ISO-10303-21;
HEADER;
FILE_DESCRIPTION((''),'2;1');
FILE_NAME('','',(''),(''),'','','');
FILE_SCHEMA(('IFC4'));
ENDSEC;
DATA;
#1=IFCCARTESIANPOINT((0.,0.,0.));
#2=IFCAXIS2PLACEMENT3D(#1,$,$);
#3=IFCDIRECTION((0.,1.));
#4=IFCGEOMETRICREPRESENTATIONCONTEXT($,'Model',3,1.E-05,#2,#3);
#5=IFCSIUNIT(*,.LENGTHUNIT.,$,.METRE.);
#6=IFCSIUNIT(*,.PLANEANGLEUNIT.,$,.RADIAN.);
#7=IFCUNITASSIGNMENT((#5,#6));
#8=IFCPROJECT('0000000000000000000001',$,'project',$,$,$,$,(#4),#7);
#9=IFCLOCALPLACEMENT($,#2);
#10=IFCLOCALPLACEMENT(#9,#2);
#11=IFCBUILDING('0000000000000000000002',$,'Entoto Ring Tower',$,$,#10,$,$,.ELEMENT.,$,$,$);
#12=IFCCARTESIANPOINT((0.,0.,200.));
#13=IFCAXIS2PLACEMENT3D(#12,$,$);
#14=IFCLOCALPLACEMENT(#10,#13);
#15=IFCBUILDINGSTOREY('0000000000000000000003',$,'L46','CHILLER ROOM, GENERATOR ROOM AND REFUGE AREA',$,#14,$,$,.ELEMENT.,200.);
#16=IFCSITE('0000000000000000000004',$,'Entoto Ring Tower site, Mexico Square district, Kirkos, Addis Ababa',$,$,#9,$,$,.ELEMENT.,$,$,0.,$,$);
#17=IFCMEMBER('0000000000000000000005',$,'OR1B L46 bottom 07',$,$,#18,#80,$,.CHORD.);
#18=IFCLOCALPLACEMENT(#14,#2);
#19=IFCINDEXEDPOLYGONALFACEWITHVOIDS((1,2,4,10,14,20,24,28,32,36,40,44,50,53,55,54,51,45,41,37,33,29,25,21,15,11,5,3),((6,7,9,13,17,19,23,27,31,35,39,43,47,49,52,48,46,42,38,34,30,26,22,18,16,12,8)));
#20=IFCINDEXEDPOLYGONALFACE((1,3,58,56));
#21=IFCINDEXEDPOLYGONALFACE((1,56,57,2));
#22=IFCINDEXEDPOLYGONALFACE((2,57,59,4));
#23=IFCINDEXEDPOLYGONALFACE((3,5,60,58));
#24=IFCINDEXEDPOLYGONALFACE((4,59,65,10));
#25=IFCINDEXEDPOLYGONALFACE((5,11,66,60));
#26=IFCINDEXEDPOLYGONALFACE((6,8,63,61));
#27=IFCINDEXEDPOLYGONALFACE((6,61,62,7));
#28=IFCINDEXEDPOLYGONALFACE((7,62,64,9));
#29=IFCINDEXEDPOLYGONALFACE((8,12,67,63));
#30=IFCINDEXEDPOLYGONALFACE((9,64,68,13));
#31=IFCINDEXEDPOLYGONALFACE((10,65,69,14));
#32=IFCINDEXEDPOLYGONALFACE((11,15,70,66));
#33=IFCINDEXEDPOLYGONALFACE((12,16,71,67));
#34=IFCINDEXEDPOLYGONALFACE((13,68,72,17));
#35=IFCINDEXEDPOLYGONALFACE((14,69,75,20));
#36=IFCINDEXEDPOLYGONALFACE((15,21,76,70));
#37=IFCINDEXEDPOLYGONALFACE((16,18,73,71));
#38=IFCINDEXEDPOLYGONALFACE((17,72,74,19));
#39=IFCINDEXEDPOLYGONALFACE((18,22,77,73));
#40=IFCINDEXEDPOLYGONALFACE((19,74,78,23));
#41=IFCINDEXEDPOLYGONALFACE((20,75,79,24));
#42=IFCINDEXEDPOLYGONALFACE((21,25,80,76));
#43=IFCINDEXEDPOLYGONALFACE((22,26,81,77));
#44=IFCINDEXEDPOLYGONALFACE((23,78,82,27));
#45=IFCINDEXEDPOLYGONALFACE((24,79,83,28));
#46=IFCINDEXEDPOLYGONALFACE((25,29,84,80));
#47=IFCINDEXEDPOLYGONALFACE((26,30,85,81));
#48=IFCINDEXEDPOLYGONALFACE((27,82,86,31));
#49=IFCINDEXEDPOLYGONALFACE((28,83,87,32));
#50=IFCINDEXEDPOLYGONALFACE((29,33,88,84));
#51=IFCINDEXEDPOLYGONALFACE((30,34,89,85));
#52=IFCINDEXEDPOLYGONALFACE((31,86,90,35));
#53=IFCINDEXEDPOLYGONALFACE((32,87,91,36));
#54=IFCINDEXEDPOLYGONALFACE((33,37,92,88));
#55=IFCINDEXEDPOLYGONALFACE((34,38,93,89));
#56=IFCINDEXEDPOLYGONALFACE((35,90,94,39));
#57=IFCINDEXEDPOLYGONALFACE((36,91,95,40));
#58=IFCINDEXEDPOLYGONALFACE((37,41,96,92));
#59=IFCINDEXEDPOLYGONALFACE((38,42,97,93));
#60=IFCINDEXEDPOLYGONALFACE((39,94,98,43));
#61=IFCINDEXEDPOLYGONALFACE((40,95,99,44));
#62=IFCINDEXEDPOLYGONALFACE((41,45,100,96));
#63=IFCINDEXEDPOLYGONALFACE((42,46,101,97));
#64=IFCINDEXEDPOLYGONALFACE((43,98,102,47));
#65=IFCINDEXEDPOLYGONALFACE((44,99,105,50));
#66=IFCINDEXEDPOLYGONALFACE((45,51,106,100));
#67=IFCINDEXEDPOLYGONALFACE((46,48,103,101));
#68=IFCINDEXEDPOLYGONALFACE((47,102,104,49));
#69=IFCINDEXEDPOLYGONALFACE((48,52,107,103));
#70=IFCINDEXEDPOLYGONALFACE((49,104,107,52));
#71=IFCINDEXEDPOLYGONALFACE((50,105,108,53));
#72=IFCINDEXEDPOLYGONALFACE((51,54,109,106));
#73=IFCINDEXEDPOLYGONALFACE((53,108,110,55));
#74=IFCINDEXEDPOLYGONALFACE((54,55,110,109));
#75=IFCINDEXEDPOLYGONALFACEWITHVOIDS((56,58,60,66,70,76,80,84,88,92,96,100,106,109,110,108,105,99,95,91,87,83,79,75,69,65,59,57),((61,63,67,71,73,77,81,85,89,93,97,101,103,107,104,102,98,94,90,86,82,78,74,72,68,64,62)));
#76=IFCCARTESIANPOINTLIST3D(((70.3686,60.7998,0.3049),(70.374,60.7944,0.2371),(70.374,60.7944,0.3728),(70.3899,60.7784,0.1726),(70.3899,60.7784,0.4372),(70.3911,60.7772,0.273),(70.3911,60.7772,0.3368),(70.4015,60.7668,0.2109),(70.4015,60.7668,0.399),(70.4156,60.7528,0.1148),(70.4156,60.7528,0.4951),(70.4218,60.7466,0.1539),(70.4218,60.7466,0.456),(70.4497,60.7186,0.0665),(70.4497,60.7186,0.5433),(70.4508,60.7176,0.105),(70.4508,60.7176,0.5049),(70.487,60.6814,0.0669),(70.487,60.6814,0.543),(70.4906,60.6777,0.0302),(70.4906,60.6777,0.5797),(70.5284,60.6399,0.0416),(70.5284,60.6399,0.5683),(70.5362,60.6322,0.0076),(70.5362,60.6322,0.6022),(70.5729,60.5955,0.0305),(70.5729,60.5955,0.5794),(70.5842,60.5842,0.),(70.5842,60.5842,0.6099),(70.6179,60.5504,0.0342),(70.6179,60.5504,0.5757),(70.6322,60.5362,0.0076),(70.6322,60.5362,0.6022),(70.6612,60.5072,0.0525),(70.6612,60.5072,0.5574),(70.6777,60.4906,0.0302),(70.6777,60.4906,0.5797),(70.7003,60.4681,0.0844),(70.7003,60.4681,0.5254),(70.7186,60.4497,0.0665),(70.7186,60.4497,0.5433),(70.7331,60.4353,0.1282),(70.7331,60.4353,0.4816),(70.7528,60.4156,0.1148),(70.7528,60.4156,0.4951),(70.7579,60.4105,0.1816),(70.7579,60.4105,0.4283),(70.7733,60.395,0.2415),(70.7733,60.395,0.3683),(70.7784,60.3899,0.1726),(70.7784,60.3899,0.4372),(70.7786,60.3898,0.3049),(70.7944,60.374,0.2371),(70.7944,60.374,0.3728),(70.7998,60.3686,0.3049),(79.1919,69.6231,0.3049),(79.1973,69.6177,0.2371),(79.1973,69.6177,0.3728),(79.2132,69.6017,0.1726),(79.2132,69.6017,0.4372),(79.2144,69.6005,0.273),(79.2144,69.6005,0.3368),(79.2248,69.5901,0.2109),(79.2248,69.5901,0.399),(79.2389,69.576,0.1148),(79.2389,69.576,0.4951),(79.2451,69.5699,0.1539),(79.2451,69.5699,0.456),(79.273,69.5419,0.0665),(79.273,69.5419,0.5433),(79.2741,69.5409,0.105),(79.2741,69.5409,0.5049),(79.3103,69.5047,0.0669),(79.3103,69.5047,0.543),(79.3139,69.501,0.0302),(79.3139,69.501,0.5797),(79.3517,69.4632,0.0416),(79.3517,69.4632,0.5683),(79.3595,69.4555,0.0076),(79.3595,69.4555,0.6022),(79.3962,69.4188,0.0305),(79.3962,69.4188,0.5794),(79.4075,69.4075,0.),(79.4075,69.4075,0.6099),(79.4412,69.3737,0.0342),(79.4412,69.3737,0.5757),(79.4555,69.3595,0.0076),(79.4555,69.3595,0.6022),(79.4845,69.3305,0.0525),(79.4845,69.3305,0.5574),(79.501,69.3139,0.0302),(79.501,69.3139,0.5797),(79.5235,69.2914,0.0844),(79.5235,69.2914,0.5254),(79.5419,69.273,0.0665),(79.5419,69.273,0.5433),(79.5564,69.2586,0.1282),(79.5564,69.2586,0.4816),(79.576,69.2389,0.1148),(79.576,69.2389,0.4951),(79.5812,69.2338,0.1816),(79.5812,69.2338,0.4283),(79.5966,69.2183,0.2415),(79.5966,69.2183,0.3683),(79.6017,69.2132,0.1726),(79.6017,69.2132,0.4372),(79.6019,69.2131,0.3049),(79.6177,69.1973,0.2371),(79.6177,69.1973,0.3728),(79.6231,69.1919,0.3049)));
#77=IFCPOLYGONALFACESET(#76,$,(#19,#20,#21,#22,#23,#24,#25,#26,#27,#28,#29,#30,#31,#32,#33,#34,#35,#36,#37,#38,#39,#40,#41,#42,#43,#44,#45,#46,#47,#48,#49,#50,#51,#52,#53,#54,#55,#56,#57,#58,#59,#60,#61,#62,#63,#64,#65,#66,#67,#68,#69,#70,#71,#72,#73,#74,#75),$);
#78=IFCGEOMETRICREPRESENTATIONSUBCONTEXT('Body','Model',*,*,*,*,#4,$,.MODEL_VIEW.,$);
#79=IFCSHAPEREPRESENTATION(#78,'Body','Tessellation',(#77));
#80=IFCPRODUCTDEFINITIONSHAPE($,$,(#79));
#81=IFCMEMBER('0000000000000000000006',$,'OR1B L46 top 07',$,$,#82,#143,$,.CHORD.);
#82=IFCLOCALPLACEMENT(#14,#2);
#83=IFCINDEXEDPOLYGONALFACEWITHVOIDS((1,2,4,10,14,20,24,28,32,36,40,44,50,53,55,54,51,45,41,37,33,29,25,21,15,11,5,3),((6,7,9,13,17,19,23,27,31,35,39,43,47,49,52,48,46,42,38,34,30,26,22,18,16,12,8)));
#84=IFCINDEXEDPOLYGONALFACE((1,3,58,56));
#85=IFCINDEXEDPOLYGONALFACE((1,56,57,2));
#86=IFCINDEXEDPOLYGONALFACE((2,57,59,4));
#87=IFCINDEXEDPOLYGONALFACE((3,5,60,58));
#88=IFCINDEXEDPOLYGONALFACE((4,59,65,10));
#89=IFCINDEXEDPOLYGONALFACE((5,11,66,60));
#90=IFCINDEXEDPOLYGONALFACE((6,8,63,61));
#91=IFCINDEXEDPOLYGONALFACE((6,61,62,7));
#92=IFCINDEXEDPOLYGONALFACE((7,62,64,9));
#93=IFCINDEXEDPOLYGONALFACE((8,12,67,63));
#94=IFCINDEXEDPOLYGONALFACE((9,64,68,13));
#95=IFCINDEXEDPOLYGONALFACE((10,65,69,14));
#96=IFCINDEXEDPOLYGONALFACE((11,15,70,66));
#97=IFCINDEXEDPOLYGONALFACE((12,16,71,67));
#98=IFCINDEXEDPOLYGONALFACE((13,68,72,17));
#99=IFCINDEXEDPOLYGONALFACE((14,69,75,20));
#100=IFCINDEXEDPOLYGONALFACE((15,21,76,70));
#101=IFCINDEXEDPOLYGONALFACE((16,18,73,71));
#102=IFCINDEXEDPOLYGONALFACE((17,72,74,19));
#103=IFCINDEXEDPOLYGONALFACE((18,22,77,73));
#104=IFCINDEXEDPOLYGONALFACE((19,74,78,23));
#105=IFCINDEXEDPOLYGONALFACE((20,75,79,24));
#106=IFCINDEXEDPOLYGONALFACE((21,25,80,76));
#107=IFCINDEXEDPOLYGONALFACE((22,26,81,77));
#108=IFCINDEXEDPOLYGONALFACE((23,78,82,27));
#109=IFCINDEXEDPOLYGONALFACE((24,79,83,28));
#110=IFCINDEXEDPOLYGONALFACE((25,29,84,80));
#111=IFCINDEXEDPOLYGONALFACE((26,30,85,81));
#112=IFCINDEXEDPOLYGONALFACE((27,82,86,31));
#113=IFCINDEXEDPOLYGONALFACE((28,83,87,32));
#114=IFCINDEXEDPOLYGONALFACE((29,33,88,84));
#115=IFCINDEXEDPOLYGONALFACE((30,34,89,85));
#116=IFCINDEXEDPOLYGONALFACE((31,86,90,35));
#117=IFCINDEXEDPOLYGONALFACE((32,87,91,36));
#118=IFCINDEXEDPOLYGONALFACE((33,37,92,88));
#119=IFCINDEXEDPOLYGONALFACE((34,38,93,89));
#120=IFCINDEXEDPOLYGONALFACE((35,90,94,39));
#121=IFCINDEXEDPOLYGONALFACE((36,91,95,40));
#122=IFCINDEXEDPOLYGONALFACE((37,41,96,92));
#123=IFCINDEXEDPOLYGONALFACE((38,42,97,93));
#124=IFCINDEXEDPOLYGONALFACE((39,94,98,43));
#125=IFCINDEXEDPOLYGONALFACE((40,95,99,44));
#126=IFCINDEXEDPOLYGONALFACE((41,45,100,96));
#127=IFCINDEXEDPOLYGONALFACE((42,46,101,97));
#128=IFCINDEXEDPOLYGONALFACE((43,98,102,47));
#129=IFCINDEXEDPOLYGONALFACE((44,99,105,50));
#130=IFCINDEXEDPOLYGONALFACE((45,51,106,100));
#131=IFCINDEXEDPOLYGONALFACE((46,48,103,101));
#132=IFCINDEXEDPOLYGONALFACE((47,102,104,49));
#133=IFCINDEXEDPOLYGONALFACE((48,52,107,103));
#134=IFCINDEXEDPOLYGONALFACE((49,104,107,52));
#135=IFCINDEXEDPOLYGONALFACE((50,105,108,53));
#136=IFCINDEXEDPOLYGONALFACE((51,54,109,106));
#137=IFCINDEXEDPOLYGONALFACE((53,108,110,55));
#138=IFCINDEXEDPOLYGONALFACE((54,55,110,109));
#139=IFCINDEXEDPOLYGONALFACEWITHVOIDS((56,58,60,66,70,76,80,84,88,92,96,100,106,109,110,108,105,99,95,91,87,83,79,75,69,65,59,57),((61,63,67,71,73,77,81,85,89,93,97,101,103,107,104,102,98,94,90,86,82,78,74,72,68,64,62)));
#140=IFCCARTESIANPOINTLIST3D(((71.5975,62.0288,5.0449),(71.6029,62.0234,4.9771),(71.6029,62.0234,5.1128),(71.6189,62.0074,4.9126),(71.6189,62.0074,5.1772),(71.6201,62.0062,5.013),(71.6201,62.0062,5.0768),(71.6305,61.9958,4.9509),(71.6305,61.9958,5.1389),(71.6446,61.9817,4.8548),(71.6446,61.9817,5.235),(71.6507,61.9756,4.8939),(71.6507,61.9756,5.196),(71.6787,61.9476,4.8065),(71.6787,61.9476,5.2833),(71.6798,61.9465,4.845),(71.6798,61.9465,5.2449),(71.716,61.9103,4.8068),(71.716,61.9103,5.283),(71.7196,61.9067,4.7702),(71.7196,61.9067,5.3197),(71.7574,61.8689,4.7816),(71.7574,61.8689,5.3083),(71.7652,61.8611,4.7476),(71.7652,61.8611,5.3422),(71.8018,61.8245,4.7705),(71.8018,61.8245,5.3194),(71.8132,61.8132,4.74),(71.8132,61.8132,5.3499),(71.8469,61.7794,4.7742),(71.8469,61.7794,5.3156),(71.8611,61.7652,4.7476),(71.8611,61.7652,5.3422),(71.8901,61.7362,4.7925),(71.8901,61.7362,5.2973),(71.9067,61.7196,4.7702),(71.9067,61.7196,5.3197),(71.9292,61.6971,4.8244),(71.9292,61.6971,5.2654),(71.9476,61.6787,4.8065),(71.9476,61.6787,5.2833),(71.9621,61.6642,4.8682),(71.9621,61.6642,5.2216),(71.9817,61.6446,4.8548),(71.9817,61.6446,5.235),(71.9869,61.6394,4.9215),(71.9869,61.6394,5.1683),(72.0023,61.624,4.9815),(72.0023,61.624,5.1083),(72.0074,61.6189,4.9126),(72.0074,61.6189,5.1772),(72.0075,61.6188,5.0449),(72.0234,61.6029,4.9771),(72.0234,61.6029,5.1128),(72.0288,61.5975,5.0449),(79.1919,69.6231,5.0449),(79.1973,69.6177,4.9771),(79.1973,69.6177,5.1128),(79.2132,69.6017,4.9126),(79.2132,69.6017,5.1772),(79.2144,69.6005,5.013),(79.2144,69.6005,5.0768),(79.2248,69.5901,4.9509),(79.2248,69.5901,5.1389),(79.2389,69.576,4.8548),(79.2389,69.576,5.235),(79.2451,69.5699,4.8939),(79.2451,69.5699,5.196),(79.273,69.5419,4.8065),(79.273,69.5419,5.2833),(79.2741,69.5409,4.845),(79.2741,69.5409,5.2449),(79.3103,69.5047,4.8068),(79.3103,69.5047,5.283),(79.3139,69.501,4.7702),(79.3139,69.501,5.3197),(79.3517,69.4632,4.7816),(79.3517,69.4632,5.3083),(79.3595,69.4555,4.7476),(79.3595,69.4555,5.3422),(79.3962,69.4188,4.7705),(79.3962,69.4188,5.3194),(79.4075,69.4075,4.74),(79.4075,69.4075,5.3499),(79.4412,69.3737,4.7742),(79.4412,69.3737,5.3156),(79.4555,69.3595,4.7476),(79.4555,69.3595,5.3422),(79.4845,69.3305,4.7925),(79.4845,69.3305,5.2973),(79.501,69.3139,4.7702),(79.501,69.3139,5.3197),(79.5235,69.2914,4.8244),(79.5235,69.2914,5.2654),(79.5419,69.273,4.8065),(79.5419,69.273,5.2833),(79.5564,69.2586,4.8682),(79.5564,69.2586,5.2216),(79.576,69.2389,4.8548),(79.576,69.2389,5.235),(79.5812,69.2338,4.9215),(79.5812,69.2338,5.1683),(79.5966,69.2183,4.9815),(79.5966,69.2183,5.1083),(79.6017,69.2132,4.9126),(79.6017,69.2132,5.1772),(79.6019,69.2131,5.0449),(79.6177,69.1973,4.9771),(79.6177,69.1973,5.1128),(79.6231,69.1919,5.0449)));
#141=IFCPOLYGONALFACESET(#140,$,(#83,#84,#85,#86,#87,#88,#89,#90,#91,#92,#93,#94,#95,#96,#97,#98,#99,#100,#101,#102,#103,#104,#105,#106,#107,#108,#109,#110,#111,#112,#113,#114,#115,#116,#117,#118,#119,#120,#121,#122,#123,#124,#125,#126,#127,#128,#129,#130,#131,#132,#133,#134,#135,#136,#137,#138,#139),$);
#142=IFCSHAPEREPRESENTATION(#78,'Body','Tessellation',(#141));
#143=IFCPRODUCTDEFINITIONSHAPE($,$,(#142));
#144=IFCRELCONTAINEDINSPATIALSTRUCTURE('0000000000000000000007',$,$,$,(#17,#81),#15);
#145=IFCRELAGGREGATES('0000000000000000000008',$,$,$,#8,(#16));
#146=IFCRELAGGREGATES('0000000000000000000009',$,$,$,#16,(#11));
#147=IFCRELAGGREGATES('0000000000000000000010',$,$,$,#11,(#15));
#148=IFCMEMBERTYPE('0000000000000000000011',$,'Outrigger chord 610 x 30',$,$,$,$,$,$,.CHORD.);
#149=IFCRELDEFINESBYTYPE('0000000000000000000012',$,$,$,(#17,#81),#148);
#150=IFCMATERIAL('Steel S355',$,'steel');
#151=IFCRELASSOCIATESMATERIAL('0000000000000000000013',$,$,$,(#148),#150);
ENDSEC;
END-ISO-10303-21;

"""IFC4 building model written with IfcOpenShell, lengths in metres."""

from ifc_helpers import new_model, si_unit, direction, frame, origin, origin_2d, place, context, subcontext, project, spatial, circle, hollow_circle, extrude, material, material_profile, profile_set, type_object, element, save


model = new_model("IFC4")

# Units and contexts
model_context = context("Model", 3, precision=1e-05, world=origin(), true_north=direction((0.0, 1.0)))
body_context = subcontext(model_context, "Body", "Model", "MODEL_VIEW")
ifc_project = project(units=[si_unit("LENGTHUNIT", "METRE"), si_unit("PLANEANGLEUNIT", "RADIAN")], contexts=[model_context])

# Site, building, storey
site_placement = place(None, origin())
site = spatial("IfcSite", under=ifc_project, at=site_placement, Name="Entoto Ring Tower site, Mexico Square district, Kirkos, Addis Ababa", CompositionType="ELEMENT", RefElevation=0.0)
building_placement = place(site_placement, origin())
building = spatial("IfcBuilding", under=site, at=building_placement, Name="Entoto Ring Tower", CompositionType="ELEMENT")
storey_placement = place(building_placement, frame((0.0, 0.0, 200.0)))
storey = spatial("IfcBuildingStorey", under=building, at=storey_placement, Name="L46", Description="CHILLER ROOM, GENERATOR ROOM AND REFUGE AREA", CompositionType="ELEMENT", Elevation=200.0)

# Members
ifc_material_1 = material(Name="Steel S355", Category="steel")
ifc_material_profile_1 = material_profile(ifc_material_1, hollow_circle(Radius=0.3049, WallThickness=0.03, at=origin_2d()), Name="CHS 610 x 30")
ifc_material_2 = material(Name="Concrete C60/75", Category="concrete")
ifc_material_profile_2 = material_profile(ifc_material_2, circle(Radius=0.2749, at=origin_2d()), Name="Concrete C60/75 infill")
ifc_profile_set_1 = profile_set([ifc_material_profile_1, ifc_material_profile_2], Name="Steel S355")
member_type_1 = type_object("IfcMemberType", Name="Outrigger chord 610 x 30", PredefinedType="CHORD", material=ifc_profile_set_1)
member_1_placement = place(storey_placement, frame((79.4075, 69.4075, 0.3049), z_axis=(-0.707107, -0.707107, 0.0), x_axis=(0.707107, -0.707107, 0.0)))
element("IfcMember", 1, at=member_1_placement, inside=storey, type_object=member_type_1, Name="OR1B L46 bottom 07", PredefinedType="CHORD", context=body_context, shape_type="SweptSolid", body=[
    extrude(hollow_circle(Radius=0.3049, WallThickness=0.03, at=origin_2d()), origin(), (0.0, 0.0, 1.0), 12.478),
])
member_2_placement = place(storey_placement, frame((79.4075, 69.4075, 5.0449), z_axis=(-0.707107, -0.707107, 0.0), x_axis=(0.707107, -0.707107, 0.0)))
element("IfcMember", 2, at=member_2_placement, inside=storey, type_object=member_type_1, Name="OR1B L46 top 07", PredefinedType="CHORD", context=body_context, shape_type="SweptSolid", body=[
    extrude(hollow_circle(Radius=0.3049, WallThickness=0.03, at=origin_2d()), origin(), (0.0, 0.0, 1.0), 10.74),
])

save(model, "model.ifc")
